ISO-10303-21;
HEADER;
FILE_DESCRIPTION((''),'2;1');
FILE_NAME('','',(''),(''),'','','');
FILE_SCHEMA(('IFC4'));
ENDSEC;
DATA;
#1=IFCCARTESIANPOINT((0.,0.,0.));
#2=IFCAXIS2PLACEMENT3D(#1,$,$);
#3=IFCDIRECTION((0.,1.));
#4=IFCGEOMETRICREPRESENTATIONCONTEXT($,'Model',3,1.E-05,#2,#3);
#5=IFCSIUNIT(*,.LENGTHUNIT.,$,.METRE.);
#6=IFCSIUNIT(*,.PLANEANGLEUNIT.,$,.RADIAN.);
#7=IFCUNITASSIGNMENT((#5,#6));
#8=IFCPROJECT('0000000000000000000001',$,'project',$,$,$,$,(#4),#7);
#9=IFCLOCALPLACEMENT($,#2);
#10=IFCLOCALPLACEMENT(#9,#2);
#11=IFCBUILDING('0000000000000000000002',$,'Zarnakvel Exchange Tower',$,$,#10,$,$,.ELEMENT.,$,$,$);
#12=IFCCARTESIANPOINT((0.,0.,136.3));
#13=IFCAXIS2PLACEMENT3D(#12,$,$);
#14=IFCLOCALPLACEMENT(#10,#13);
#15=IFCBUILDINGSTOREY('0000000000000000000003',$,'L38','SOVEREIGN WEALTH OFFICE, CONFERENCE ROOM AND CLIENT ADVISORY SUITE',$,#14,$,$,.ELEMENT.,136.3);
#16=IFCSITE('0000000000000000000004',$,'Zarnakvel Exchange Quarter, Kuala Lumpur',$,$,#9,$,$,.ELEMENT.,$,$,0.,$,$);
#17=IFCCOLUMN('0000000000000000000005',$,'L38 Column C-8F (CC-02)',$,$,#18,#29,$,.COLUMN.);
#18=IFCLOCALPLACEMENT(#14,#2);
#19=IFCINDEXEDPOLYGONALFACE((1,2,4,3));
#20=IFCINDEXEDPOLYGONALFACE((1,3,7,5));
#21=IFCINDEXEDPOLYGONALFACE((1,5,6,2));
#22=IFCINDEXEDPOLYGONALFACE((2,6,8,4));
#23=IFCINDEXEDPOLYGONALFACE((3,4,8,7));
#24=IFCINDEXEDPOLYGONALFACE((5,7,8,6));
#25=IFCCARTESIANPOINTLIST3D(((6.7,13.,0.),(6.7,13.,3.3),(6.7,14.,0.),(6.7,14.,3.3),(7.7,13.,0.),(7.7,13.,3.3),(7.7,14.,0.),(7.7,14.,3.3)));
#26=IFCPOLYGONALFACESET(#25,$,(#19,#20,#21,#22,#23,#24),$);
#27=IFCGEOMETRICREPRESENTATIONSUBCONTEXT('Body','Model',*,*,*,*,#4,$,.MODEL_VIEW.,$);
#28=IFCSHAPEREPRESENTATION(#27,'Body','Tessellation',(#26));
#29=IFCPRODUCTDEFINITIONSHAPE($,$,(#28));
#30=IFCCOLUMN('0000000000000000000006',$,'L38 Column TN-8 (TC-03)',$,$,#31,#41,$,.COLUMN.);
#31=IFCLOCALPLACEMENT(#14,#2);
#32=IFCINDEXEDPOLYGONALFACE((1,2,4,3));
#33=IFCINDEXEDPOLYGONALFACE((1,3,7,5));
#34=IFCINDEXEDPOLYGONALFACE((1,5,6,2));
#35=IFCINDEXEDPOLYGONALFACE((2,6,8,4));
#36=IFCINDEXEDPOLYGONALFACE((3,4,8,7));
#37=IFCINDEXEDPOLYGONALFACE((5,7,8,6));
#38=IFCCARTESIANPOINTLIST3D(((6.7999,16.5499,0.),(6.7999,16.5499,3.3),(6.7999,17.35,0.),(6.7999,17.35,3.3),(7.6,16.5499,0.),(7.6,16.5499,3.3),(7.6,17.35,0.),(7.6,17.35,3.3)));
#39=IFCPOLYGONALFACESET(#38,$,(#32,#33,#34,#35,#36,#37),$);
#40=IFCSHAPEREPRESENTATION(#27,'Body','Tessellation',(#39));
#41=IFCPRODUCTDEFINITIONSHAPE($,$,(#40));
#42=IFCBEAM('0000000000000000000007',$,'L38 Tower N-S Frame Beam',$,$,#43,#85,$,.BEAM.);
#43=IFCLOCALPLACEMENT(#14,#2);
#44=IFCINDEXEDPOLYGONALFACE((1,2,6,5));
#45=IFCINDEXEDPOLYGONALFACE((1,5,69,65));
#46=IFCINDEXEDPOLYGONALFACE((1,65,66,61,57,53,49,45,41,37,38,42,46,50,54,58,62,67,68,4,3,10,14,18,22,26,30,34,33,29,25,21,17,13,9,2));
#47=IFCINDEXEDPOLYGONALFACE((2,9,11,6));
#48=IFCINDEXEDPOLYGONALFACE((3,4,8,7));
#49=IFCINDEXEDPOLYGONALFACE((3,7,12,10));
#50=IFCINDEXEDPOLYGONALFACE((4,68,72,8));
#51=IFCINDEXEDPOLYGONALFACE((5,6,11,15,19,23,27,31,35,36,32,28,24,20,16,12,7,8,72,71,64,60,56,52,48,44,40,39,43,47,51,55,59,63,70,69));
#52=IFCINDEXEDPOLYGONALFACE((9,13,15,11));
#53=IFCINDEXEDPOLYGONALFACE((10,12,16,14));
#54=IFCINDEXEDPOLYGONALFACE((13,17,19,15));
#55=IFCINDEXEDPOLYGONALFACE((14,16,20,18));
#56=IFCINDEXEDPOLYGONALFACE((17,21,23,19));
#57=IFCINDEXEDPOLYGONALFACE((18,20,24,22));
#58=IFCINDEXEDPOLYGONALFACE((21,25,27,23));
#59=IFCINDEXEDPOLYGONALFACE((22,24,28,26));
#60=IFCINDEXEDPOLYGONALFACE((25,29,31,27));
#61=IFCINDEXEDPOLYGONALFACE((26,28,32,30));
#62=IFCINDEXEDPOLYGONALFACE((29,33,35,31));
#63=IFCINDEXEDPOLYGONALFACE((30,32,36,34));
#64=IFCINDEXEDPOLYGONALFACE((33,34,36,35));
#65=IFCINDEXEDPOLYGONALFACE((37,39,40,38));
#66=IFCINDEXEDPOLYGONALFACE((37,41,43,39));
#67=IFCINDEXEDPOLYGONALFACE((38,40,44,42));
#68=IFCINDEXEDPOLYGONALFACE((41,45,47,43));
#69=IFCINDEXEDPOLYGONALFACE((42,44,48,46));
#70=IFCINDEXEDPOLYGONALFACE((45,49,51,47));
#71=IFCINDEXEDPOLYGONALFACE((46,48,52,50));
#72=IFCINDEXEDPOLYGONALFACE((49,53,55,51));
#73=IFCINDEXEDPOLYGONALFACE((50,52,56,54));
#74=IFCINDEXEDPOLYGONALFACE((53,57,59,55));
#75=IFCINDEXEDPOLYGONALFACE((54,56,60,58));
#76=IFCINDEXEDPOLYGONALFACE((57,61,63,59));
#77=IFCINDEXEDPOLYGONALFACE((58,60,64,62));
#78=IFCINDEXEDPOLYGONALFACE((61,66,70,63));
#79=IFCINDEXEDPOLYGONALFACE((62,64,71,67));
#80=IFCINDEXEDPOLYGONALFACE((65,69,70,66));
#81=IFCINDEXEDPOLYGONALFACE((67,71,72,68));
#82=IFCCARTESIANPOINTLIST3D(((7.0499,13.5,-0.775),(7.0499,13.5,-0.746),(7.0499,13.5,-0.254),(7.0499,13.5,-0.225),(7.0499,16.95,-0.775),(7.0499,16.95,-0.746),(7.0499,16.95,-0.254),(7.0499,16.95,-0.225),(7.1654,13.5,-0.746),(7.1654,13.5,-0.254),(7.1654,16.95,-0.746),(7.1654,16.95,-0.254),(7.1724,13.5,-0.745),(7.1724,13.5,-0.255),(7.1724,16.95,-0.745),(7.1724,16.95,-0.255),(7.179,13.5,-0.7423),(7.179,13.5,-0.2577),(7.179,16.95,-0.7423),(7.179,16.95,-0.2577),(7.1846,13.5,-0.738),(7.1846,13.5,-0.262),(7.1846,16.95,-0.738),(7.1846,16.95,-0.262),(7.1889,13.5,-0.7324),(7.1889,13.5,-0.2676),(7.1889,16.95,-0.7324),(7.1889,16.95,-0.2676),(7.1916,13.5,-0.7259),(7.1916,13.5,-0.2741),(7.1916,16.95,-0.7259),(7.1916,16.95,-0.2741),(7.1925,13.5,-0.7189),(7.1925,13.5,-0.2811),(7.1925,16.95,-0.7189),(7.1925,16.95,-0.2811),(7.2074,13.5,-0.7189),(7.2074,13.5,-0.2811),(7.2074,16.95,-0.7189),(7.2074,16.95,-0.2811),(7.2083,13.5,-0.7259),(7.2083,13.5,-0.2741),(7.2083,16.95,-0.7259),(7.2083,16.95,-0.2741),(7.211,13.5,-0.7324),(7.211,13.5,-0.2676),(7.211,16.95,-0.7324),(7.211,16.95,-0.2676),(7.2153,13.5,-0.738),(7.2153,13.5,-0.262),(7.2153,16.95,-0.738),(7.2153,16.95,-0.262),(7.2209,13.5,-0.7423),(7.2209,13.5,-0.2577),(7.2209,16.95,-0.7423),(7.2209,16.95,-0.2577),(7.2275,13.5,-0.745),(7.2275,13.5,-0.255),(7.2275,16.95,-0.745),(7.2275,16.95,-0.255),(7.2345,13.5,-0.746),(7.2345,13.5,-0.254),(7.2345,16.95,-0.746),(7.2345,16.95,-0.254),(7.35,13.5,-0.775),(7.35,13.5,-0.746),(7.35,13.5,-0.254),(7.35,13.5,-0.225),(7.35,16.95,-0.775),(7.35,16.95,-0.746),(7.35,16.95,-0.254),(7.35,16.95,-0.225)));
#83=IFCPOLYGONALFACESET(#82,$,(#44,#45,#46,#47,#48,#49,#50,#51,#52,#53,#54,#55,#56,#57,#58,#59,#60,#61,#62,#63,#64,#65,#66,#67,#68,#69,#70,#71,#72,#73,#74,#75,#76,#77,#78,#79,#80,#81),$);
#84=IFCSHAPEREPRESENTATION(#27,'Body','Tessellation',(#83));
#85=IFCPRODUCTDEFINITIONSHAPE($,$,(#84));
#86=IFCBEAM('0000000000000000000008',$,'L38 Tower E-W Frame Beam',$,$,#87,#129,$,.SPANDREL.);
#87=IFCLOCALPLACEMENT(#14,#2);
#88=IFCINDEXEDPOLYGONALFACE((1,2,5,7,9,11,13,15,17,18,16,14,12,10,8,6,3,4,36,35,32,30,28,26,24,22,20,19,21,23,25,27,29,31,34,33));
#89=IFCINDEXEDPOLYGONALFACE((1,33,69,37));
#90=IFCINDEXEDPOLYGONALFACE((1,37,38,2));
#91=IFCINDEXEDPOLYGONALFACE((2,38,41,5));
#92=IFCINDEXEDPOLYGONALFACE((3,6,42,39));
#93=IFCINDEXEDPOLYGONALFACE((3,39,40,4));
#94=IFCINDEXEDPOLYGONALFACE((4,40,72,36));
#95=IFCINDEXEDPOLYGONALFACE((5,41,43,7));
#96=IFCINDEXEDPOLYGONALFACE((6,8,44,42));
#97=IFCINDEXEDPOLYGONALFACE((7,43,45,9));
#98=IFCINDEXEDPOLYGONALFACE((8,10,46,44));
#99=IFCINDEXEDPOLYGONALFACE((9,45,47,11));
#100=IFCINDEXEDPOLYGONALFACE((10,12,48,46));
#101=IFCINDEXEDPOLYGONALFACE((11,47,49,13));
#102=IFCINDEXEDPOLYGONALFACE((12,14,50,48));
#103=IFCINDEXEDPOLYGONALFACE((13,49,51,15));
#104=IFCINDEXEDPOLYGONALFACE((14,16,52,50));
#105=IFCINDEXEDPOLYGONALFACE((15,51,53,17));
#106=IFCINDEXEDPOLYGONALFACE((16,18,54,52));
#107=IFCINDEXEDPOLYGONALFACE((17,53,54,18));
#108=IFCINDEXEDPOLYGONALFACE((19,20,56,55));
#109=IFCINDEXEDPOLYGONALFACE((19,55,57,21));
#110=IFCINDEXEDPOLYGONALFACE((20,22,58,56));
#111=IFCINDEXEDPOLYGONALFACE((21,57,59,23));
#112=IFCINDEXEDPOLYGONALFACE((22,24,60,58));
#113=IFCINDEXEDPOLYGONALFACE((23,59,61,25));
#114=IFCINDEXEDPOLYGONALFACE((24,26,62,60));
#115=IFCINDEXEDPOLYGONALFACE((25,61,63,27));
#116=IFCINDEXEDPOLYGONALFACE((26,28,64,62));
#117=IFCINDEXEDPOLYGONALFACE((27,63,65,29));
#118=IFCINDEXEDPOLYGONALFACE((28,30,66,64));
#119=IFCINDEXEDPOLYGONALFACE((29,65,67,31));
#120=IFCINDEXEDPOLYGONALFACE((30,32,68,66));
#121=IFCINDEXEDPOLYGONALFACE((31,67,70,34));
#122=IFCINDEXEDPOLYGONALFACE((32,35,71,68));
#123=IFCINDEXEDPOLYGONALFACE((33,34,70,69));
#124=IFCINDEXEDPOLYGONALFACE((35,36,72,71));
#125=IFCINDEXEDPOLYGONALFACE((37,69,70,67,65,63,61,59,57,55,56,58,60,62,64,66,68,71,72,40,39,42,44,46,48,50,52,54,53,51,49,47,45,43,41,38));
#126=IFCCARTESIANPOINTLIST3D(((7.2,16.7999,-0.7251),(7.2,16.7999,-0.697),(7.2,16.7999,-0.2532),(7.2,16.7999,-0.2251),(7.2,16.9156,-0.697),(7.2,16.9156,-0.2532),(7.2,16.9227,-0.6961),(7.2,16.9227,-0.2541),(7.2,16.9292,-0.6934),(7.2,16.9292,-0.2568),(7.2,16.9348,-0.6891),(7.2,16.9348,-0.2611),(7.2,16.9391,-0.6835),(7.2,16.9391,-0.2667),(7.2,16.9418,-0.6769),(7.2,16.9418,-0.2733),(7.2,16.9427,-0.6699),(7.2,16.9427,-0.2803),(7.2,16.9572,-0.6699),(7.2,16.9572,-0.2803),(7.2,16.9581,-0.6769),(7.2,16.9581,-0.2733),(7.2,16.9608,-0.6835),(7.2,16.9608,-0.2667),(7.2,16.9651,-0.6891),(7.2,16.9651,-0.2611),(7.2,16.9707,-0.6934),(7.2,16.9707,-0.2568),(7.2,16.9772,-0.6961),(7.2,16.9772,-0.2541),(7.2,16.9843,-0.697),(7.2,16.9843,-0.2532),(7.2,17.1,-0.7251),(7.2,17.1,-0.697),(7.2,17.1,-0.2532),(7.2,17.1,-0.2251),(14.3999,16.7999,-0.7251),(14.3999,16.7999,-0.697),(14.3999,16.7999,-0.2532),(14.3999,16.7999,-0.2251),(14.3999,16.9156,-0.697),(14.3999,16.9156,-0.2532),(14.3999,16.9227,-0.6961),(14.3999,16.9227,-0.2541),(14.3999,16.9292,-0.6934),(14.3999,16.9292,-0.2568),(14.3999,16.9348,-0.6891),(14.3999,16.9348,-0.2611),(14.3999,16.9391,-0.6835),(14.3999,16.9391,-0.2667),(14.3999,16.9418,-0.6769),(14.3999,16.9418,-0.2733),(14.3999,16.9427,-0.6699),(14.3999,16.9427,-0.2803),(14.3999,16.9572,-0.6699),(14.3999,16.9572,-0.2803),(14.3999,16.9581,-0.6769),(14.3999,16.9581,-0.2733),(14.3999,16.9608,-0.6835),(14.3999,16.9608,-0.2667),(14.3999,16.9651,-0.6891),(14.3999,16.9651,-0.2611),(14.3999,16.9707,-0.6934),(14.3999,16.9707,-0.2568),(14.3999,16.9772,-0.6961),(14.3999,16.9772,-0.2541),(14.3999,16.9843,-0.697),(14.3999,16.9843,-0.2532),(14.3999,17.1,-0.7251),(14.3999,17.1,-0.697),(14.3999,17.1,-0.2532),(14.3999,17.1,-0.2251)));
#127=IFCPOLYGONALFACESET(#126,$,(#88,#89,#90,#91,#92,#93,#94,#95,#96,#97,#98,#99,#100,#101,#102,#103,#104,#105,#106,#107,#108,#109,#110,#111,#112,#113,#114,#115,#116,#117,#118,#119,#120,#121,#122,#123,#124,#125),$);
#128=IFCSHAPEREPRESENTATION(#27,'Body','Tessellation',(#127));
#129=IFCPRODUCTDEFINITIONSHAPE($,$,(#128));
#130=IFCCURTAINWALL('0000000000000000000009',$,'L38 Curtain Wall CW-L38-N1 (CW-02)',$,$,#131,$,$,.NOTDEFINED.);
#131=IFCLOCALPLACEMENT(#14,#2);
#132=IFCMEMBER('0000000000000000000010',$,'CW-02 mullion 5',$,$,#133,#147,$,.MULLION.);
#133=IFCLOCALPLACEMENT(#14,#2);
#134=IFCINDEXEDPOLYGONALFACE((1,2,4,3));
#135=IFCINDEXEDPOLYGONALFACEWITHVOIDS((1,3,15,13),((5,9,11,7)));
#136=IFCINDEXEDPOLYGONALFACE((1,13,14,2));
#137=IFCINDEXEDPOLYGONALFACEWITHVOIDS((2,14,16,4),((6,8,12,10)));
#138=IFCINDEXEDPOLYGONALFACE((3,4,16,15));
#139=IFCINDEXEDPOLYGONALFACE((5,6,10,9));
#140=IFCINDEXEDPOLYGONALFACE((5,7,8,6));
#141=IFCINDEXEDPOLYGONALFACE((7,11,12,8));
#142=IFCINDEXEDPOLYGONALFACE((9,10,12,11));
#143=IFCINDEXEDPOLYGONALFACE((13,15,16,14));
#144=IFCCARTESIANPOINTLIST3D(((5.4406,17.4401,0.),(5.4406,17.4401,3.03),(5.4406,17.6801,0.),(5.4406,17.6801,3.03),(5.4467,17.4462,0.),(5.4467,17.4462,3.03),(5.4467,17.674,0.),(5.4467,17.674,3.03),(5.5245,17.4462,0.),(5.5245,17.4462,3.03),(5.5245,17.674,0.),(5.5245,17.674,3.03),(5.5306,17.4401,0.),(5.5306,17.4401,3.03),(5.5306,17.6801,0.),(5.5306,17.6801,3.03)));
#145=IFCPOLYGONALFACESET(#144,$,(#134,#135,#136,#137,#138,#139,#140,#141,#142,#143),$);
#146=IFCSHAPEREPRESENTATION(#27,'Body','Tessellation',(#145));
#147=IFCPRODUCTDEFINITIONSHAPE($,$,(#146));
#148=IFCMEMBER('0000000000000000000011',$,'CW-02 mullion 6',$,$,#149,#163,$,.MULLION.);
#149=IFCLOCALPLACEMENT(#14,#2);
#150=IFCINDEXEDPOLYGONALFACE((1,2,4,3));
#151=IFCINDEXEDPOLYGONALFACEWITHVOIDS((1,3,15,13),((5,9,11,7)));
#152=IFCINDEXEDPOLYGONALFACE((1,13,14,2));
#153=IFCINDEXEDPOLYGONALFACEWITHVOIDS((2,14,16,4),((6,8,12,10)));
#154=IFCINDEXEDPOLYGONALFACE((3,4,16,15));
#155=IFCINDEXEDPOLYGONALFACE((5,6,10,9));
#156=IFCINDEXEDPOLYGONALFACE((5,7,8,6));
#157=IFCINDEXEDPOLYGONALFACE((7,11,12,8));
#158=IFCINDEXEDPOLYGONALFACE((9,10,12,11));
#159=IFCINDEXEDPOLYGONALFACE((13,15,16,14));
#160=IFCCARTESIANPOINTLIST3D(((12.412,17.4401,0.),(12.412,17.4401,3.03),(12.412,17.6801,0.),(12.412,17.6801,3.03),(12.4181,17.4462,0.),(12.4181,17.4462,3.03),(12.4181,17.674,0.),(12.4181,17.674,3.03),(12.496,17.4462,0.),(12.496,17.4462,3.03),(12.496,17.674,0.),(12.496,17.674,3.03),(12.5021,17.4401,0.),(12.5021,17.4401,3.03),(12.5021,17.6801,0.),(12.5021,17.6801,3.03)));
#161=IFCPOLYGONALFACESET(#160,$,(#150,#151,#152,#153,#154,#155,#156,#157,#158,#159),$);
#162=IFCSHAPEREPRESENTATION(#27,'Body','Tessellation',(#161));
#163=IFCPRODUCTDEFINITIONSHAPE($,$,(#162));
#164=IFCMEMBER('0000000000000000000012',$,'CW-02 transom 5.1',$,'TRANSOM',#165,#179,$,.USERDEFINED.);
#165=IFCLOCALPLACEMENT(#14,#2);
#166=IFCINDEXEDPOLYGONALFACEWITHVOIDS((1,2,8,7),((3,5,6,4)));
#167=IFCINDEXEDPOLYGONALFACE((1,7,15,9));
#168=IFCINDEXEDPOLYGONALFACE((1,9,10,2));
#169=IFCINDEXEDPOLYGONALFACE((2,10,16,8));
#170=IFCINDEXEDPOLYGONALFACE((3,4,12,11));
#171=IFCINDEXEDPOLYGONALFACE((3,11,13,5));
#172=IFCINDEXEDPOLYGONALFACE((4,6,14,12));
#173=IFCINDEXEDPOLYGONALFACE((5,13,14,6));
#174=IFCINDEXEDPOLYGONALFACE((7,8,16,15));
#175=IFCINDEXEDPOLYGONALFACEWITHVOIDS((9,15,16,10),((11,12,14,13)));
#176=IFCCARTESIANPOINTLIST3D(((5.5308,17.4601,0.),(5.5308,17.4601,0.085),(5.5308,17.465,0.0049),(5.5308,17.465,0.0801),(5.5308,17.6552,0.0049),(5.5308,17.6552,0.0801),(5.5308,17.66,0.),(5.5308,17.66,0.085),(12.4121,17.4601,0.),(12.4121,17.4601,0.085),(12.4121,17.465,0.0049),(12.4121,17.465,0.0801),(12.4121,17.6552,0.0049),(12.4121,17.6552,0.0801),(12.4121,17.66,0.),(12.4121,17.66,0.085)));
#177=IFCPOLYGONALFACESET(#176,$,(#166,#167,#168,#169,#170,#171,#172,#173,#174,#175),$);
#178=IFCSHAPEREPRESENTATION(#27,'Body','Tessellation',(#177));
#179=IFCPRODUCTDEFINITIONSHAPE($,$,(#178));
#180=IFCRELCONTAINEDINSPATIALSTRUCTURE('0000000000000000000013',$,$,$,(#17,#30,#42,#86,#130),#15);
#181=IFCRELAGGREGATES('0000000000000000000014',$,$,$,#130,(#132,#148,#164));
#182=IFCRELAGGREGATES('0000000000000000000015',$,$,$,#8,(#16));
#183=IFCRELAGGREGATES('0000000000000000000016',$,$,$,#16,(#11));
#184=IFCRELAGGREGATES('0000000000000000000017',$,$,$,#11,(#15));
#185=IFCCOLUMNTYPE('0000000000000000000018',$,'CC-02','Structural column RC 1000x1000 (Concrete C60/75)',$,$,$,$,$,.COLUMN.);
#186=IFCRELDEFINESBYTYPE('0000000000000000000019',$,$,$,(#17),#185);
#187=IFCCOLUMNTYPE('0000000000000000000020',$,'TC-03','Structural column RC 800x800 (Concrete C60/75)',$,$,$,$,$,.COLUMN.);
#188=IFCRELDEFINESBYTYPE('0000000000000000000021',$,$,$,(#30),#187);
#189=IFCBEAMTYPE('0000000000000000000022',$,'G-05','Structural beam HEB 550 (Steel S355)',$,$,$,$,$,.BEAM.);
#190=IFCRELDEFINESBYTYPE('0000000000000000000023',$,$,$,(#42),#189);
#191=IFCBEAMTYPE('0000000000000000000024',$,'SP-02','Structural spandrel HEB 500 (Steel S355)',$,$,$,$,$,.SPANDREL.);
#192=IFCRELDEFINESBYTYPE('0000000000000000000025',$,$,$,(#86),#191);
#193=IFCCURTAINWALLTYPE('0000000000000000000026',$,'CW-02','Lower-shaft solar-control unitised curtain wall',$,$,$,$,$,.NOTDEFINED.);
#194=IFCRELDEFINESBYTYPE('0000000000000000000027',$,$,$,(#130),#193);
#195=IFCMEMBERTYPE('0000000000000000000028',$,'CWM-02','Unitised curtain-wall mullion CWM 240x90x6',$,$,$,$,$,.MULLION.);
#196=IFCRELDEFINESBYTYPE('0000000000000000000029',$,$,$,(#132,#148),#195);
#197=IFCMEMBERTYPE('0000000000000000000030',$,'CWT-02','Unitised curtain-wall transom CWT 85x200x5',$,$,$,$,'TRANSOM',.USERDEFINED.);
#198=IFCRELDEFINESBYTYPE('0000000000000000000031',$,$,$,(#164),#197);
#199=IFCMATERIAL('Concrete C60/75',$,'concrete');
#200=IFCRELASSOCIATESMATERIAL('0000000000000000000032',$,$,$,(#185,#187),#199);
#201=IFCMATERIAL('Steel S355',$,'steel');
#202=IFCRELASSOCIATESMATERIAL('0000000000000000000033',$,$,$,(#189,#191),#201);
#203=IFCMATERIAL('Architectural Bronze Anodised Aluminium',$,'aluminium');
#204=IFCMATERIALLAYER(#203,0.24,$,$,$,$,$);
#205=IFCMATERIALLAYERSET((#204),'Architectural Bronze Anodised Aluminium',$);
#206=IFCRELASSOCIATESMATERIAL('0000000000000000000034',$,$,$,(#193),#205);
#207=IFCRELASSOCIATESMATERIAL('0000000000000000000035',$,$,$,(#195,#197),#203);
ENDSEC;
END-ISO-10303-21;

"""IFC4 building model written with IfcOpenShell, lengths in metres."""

from ifc_helpers import new_model, si_unit, direction, frame, origin, origin_2d, place, context, subcontext, project, spatial, rectangle, hollow_rectangle, i_section, extrude, source, transform, mapped, material, layer, layer_set, material_profile, profile_set, type_object, element, aggregate, save


model = new_model("IFC4")

# Units and contexts
model_context = context("Model", 3, precision=1e-05, world=origin(), true_north=direction((0.0, 1.0)))
body_context = subcontext(model_context, "Body", "Model", "MODEL_VIEW")
ifc_project = project(units=[si_unit("LENGTHUNIT", "METRE"), si_unit("PLANEANGLEUNIT", "RADIAN")], contexts=[model_context])

# Site, building, storey
site_placement = place(None, origin())
site = spatial("IfcSite", under=ifc_project, at=site_placement, Name="Zarnakvel Exchange Quarter, Kuala Lumpur", CompositionType="ELEMENT", RefElevation=0.0)
building_placement = place(site_placement, origin())
building = spatial("IfcBuilding", under=site, at=building_placement, Name="Zarnakvel Exchange Tower", CompositionType="ELEMENT")
storey_placement = place(building_placement, frame((0.0, 0.0, 136.3)))
storey = spatial("IfcBuildingStorey", under=building, at=storey_placement, Name="L38", Description="SOVEREIGN WEALTH OFFICE, CONFERENCE ROOM AND CLIENT ADVISORY SUITE", CompositionType="ELEMENT", Elevation=136.3)

# Columns
ifc_material_1 = material(Name="Concrete C60/75", Category="concrete")
ifc_material_profile_1 = material_profile(ifc_material_1, rectangle(XDim=1.0, YDim=1.0, at=origin_2d()))
ifc_profile_set_1 = profile_set([ifc_material_profile_1], Name="Concrete C60/75")
column_type_1 = type_object("IfcColumnType", Name="CC-02", Description="Structural column RC 1000x1000 (Concrete C60/75)", PredefinedType="COLUMN", material=ifc_profile_set_1)
column_1_placement = place(storey_placement, frame((7.2, 13.5, 0.0), z_axis=(0.0, 0.0, 1.0), x_axis=(1.0, 0.0, 0.0)))
element("IfcColumn", 1, at=column_1_placement, inside=storey, type_object=column_type_1, Name="L38 Column C-8F (CC-02)", PredefinedType="COLUMN", context=body_context, shape_type="SweptSolid", body=[
    extrude(rectangle(XDim=1.0, YDim=1.0, at=origin_2d()), origin(), (0.0, 0.0, 1.0), 3.3),
])
ifc_material_profile_2 = material_profile(ifc_material_1, rectangle(XDim=0.8, YDim=0.8, at=origin_2d()))
ifc_profile_set_2 = profile_set([ifc_material_profile_2], Name="Concrete C60/75")
column_type_2 = type_object("IfcColumnType", Name="TC-03", Description="Structural column RC 800x800 (Concrete C60/75)", PredefinedType="COLUMN", material=ifc_profile_set_2)
column_2_placement = place(storey_placement, frame((7.2, 16.95, 0.0), z_axis=(0.0, 0.0, 1.0), x_axis=(1.0, 0.0, 0.0)))
element("IfcColumn", 2, at=column_2_placement, inside=storey, type_object=column_type_2, Name="L38 Column TN-8 (TC-03)", PredefinedType="COLUMN", context=body_context, shape_type="SweptSolid", body=[
    extrude(rectangle(XDim=0.8, YDim=0.8, at=origin_2d()), origin(), (0.0, 0.0, 1.0), 3.3),
])

# Beams
ifc_material_2 = material(Name="Steel S355", Category="steel")
ifc_material_profile_3 = material_profile(ifc_material_2, i_section(OverallWidth=0.3, OverallDepth=0.55, WebThickness=0.0149, FlangeThickness=0.0291, FilletRadius=0.0271, at=origin_2d()))
ifc_profile_set_3 = profile_set([ifc_material_profile_3], Name="Steel S355")
beam_type_1 = type_object("IfcBeamType", Name="G-05", Description="Structural beam HEB 550 (Steel S355)", PredefinedType="BEAM", material=ifc_profile_set_3)
beam_1_placement = place(storey_placement, frame((7.2, 13.5, -0.5), z_axis=(0.0, 1.0, 0.0), x_axis=(-1.0, 0.0, 0.0)))
element("IfcBeam", 3, at=beam_1_placement, inside=storey, type_object=beam_type_1, Name="L38 Tower N-S Frame Beam", PredefinedType="BEAM", context=body_context, shape_type="SweptSolid", body=[
    extrude(i_section(OverallWidth=0.3, OverallDepth=0.55, WebThickness=0.0149, FlangeThickness=0.0291, FilletRadius=0.0271, at=origin_2d()), origin(), (0.0, 0.0, 1.0), 3.45),
])
ifc_material_profile_4 = material_profile(ifc_material_2, i_section(OverallWidth=0.3, OverallDepth=0.5, WebThickness=0.0144, FlangeThickness=0.0281, FilletRadius=0.0271, at=origin_2d()))
ifc_profile_set_4 = profile_set([ifc_material_profile_4], Name="Steel S355")
beam_type_2 = type_object("IfcBeamType", Name="SP-02", Description="Structural spandrel HEB 500 (Steel S355)", PredefinedType="SPANDREL", material=ifc_profile_set_4)
beam_2_placement = place(storey_placement, frame((7.2, 16.95, -0.4751), z_axis=(1.0, 0.0, 0.0), x_axis=(0.0, 1.0, 0.0)))
element("IfcBeam", 4, at=beam_2_placement, inside=storey, type_object=beam_type_2, Name="L38 Tower E-W Frame Beam", PredefinedType="SPANDREL", context=body_context, shape_type="SweptSolid", body=[
    extrude(i_section(OverallWidth=0.3, OverallDepth=0.5, WebThickness=0.0144, FlangeThickness=0.0281, FilletRadius=0.0271, at=origin_2d()), origin(), (0.0, 0.0, 1.0), 7.2),
])

# Curtain wall, members
ifc_material_3 = material(Name="Architectural Bronze Anodised Aluminium", Category="aluminium")
ifc_layer_1 = layer(ifc_material_3, 0.24)
ifc_layer_set_1 = layer_set([ifc_layer_1], Name="Architectural Bronze Anodised Aluminium")
curtain_wall_type = type_object("IfcCurtainWallType", Name="CW-02", Description="Lower-shaft solar-control unitised curtain wall", PredefinedType="NOTDEFINED", material=ifc_layer_set_1)
curtain_wall_placement = place(storey_placement, origin())
curtain_wall = element("IfcCurtainWall", 5, at=curtain_wall_placement, inside=storey, type_object=curtain_wall_type, Name="L38 Curtain Wall CW-L38-N1 (CW-02)", PredefinedType="NOTDEFINED")
ifc_material_profile_5 = material_profile(ifc_material_3, hollow_rectangle(XDim=0.24, YDim=0.0901, WallThickness=0.0061, at=origin_2d()))
ifc_profile_set_5 = profile_set([ifc_material_profile_5], Name="Architectural Bronze Anodised Aluminium")
member_type_1 = type_object("IfcMemberType", Name="CWM-02", Description="Unitised curtain-wall mullion CWM 240x90x6", PredefinedType="MULLION", material=ifc_profile_set_5)
shared_shape_1 = source(origin(), body_context, "Body", "SweptSolid", [
    extrude(hollow_rectangle(XDim=0.24, YDim=0.0901, WallThickness=0.0061, at=origin_2d()), origin(), (0.0, 0.0, 1.0), 3.03),
])
member_1_placement = place(storey_placement, frame((5.4856, 17.5601, 0.0), z_axis=(0.0, 0.0, 1.0), x_axis=(0.0, 1.0, 0.0)))
member_1 = element("IfcMember", 6, at=member_1_placement, type_object=member_type_1, Name="CW-02 mullion 5", PredefinedType="MULLION", context=body_context, shape_type="MappedRepresentation", body=[
    mapped(shared_shape_1, transform((0.0, 0.0, 0.0), x_axis=(1.0, 0.0, 0.0), y_axis=(0.0, 1.0, 0.0), z_axis=(0.0, 0.0, 1.0), scale=1.0)),
])
member_2_placement = place(storey_placement, frame((12.457, 17.5601, 0.0), z_axis=(0.0, 0.0, 1.0), x_axis=(0.0, 1.0, 0.0)))
member_2 = element("IfcMember", 7, at=member_2_placement, type_object=member_type_1, Name="CW-02 mullion 6", PredefinedType="MULLION", context=body_context, shape_type="MappedRepresentation", body=[
    mapped(shared_shape_1, transform((0.0, 0.0, 0.0), x_axis=(1.0, 0.0, 0.0), y_axis=(0.0, 1.0, 0.0), z_axis=(0.0, 0.0, 1.0), scale=1.0)),
])
ifc_material_profile_6 = material_profile(ifc_material_3, hollow_rectangle(XDim=0.2, YDim=0.085, WallThickness=0.0049, at=origin_2d()))
ifc_profile_set_6 = profile_set([ifc_material_profile_6], Name="Architectural Bronze Anodised Aluminium")
member_type_2 = type_object("IfcMemberType", Name="CWT-02", Description="Unitised curtain-wall transom CWT 85x200x5", ElementType="TRANSOM", PredefinedType="USERDEFINED", material=ifc_profile_set_6)
shared_shape_2 = source(origin(), body_context, "Body", "SweptSolid", [
    extrude(hollow_rectangle(XDim=0.2, YDim=0.085, WallThickness=0.0049, at=origin_2d()), origin(), (0.0, 0.0, 1.0), 6.8813),
])
member_3_placement = place(storey_placement, frame((5.5308, 17.5601, 0.0425), z_axis=(1.0, 0.0, 0.0), x_axis=(0.0, 1.0, 0.0)))
member_3 = element("IfcMember", 8, at=member_3_placement, type_object=member_type_2, Name="CW-02 transom 5.1", ObjectType="TRANSOM", PredefinedType="USERDEFINED", context=body_context, shape_type="MappedRepresentation", body=[
    mapped(shared_shape_2, transform((0.0, 0.0, 0.0), x_axis=(1.0, 0.0, 0.0), y_axis=(0.0, 1.0, 0.0), z_axis=(0.0, 0.0, 1.0), scale=1.0)),
])
aggregate(curtain_wall, [member_1, member_2, member_3])

save(model, "model.ifc")
